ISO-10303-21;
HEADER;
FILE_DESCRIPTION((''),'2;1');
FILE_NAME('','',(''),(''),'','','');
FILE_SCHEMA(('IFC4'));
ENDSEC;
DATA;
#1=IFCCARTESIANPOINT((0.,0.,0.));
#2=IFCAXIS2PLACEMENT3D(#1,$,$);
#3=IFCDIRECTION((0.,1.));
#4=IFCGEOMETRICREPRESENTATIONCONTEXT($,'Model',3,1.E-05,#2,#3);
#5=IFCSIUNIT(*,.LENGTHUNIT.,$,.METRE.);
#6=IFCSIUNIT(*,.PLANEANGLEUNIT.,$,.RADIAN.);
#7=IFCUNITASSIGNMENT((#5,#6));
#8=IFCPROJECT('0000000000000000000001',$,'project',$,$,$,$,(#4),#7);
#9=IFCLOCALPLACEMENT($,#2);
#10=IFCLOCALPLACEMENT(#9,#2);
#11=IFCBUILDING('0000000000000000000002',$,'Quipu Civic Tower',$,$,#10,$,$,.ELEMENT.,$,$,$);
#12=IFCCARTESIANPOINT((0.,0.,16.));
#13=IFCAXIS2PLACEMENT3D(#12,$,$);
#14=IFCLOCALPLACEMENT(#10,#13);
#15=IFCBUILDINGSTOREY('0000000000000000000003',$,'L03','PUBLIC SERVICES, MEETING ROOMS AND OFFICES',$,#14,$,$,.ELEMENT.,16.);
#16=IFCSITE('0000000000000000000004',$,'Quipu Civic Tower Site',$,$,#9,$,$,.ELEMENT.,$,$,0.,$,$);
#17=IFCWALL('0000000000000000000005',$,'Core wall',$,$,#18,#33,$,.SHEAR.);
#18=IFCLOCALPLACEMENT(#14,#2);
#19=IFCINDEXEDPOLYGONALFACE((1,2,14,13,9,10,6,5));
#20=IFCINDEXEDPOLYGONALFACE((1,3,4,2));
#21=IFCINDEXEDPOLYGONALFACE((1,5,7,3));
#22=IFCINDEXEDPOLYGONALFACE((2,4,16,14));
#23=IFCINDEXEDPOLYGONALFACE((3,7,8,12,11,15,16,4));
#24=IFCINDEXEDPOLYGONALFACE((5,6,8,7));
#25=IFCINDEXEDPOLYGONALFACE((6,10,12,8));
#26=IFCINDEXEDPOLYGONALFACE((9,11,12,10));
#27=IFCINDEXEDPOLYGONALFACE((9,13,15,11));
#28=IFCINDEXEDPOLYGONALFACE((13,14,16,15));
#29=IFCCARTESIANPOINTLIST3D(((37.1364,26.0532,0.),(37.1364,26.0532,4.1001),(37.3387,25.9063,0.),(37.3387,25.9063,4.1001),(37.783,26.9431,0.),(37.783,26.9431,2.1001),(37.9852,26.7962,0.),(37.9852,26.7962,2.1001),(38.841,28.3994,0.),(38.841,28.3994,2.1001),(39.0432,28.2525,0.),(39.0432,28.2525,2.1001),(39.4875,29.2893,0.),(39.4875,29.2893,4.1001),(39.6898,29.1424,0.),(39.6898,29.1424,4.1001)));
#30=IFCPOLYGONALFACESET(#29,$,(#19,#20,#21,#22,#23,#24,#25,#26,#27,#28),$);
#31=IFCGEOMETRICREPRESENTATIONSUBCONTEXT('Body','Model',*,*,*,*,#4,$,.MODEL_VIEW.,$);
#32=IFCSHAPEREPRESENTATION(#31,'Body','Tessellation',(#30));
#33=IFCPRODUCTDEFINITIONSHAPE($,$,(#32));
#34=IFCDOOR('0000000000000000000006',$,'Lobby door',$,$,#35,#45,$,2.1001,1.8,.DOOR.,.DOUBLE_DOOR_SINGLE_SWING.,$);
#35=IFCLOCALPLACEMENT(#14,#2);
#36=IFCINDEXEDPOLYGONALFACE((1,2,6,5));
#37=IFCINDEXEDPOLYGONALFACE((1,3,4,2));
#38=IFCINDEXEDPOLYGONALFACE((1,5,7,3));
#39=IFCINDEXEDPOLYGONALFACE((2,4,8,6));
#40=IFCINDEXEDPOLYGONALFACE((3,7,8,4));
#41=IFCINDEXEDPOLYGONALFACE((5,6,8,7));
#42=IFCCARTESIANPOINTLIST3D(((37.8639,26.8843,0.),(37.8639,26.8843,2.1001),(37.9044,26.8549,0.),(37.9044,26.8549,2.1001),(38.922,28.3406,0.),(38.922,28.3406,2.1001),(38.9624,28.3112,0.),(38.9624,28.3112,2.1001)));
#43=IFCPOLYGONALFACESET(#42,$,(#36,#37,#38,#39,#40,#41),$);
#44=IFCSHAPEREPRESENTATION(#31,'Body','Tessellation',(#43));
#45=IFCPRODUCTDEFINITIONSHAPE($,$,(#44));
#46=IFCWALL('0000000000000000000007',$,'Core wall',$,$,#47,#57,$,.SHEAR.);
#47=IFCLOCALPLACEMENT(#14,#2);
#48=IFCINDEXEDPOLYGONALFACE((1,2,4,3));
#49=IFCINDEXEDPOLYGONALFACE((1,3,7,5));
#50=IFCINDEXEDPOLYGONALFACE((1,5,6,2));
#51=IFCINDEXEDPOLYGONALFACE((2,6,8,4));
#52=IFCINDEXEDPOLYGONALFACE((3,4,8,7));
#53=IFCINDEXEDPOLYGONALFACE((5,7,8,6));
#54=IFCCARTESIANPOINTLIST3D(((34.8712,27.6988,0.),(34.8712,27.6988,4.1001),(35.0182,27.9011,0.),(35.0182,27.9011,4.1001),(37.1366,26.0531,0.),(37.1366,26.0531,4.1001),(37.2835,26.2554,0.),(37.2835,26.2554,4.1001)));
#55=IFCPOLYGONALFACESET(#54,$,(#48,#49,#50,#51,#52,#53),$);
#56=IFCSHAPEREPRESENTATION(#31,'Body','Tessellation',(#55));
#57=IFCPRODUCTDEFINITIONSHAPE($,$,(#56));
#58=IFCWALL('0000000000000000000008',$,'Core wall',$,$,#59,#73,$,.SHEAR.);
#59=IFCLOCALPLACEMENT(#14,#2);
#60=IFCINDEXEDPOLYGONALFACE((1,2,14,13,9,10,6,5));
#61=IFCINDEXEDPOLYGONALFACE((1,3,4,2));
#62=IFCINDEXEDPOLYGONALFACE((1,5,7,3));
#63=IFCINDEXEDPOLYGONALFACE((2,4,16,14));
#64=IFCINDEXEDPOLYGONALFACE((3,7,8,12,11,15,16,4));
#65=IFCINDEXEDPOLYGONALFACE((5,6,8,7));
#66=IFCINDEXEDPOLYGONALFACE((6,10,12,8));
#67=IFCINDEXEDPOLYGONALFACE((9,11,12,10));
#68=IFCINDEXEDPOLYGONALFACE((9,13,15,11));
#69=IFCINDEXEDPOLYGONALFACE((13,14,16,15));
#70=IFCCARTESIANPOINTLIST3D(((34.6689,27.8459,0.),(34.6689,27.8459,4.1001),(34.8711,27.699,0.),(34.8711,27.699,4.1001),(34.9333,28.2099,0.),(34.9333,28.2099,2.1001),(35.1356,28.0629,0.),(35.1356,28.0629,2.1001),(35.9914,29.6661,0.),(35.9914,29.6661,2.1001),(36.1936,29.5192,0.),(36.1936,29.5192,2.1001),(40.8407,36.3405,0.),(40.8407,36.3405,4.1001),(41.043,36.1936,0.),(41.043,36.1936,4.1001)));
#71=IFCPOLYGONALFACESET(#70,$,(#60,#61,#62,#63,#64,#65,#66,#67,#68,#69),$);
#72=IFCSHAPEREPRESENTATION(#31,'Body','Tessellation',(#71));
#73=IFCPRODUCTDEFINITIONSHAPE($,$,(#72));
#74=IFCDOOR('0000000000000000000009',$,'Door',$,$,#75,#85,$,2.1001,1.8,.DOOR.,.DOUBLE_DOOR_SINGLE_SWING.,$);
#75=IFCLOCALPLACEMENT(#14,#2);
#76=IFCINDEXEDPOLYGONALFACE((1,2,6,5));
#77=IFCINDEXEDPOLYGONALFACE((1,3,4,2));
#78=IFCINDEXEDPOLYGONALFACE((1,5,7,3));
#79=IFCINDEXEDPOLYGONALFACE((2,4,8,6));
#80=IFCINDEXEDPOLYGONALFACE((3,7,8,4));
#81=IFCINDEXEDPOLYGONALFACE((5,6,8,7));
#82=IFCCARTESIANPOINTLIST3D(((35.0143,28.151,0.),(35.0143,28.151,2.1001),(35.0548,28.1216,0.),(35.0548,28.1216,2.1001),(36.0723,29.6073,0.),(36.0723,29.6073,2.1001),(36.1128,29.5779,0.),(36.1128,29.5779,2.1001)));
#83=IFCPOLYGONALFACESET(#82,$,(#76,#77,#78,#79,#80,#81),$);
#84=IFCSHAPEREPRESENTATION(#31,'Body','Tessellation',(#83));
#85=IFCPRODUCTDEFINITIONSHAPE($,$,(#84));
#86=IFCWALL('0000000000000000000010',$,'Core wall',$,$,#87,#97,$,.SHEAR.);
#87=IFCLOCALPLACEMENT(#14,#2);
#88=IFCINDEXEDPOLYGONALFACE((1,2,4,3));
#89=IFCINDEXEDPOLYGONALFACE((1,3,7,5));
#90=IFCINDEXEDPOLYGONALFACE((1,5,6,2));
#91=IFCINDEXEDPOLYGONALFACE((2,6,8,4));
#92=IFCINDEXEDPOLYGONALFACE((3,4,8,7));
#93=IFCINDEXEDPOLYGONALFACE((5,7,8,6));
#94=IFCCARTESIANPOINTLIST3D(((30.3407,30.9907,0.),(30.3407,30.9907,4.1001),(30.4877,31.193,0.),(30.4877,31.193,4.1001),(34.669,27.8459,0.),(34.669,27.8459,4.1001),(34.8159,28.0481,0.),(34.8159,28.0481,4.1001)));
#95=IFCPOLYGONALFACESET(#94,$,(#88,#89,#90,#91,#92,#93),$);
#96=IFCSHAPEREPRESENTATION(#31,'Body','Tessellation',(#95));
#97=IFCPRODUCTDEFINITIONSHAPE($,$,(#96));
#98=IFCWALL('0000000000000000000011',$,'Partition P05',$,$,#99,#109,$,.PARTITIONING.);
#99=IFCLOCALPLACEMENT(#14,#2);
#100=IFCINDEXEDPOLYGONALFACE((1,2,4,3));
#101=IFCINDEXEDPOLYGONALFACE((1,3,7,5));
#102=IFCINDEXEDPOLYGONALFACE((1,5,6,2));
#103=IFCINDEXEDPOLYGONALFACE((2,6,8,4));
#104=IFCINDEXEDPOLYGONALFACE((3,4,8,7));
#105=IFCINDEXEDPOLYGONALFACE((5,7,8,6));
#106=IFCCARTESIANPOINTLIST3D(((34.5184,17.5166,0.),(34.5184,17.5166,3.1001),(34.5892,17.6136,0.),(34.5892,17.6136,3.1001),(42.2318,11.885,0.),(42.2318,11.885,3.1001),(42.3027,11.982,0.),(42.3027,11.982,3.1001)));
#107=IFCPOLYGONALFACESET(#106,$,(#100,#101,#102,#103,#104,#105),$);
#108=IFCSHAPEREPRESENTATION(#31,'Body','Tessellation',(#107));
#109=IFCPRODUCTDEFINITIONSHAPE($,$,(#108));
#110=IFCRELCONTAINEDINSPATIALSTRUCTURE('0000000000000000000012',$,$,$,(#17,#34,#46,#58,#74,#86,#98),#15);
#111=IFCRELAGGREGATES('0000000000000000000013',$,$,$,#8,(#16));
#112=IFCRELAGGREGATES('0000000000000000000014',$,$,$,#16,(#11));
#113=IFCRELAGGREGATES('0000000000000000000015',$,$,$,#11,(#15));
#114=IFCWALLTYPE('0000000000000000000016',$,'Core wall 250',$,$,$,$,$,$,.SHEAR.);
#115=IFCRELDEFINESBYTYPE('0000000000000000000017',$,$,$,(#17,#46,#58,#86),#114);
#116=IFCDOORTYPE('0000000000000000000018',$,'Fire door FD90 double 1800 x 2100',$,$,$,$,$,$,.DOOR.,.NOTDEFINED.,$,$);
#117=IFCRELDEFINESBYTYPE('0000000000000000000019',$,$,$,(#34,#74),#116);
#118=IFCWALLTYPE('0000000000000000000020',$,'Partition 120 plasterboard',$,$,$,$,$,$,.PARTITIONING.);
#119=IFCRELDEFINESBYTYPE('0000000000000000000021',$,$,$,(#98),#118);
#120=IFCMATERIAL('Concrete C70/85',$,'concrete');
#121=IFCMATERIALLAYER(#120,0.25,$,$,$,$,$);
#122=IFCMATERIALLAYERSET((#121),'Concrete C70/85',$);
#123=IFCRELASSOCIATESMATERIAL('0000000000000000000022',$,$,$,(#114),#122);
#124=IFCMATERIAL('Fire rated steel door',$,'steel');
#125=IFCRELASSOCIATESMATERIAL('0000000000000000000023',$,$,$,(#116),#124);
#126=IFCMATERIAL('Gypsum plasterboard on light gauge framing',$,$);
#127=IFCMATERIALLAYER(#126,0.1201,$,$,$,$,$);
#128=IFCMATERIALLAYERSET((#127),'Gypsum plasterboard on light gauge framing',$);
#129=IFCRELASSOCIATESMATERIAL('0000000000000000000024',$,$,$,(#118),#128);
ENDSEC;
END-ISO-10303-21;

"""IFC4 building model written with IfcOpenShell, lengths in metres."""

from ifc_helpers import new_model, si_unit, direction, frame, frame_2d, origin, place, context, subcontext, project, spatial, rectangle, extrude, material, layer, layer_set, type_object, element, fill, save


model = new_model("IFC4")

# Units and contexts
model_context = context("Model", 3, precision=1e-05, world=origin(), true_north=direction((0.0, 1.0)))
body_context = subcontext(model_context, "Body", "Model", "MODEL_VIEW")
ifc_project = project(units=[si_unit("LENGTHUNIT", "METRE"), si_unit("PLANEANGLEUNIT", "RADIAN")], contexts=[model_context])

# Site, building, storey
site_placement = place(None, origin())
site = spatial("IfcSite", under=ifc_project, at=site_placement, Name="Quipu Civic Tower Site", CompositionType="ELEMENT", RefElevation=0.0)
building_placement = place(site_placement, origin())
building = spatial("IfcBuilding", under=site, at=building_placement, Name="Quipu Civic Tower", CompositionType="ELEMENT")
storey_placement = place(building_placement, frame((0.0, 0.0, 16.0)))
storey = spatial("IfcBuildingStorey", under=building, at=storey_placement, Name="L03", Description="PUBLIC SERVICES, MEETING ROOMS AND OFFICES", CompositionType="ELEMENT", Elevation=16.0)

# Wall, opening, door
ifc_material_1 = material(Name="Concrete C70/85", Category="concrete")
ifc_layer_1 = layer(ifc_material_1, 0.25)
ifc_layer_set_1 = layer_set([ifc_layer_1], Name="Concrete C70/85")
wall_type_1 = type_object("IfcWallType", Name="Core wall 250", PredefinedType="SHEAR", material=ifc_layer_set_1)
wall_1_placement = place(storey_placement, frame((37.2375, 25.9797, 0.0), z_axis=(0.0, 0.0, 1.0), x_axis=(0.587772, 0.809026, 0.0)))
wall_1 = element("IfcWall", 1, at=wall_1_placement, inside=storey, type_object=wall_type_1, Name="Core wall", PredefinedType="SHEAR", context=body_context, shape_type="SweptSolid", body=[
    extrude(rectangle(XDim=4.0, YDim=0.25, at=frame_2d((2.0, 0.0))), origin(), (0.0, 0.0, 1.0), 4.1001),
])
opening_1_placement = place(wall_1_placement, frame((1.1001, 0.0, 0.0)))
opening_1 = element("IfcOpeningElement", 2, at=opening_1_placement, cuts=wall_1, PredefinedType="OPENING", context=body_context, shape_type="SweptSolid", body=[
    extrude(rectangle(XDim=1.8, YDim=2.1001, at=frame_2d((0.8999, 1.05))), frame((0.0, 0.135, 0.0), z_axis=(0.0, -1.0, 0.0), x_axis=(1.0, 0.0, 0.0)), (0.0, 0.0, 1.0), 0.27),
])
ifc_material_2 = material(Name="Fire rated steel door", Category="steel")
door_type = type_object("IfcDoorType", Name="Fire door FD90 double 1800 x 2100", OperationType="NOTDEFINED", PredefinedType="DOOR", material=ifc_material_2)
door_1_placement = place(opening_1_placement, origin())
door_1 = element("IfcDoor", 3, at=door_1_placement, inside=storey, type_object=door_type, Name="Lobby door", OperationType="DOUBLE_DOOR_SINGLE_SWING", OverallHeight=2.1001, OverallWidth=1.8, PredefinedType="DOOR", context=body_context, shape_type="SweptSolid", body=[
    extrude(rectangle(XDim=1.8, YDim=2.1001, at=frame_2d((0.8999, 1.05))), frame((0.0, 0.0249, 0.0), z_axis=(0.0, -1.0, 0.0), x_axis=(1.0, 0.0, 0.0)), (0.0, 0.0, 1.0), 0.05),
])
fill(opening_1, door_1)

# Wall
wall_2_placement = place(storey_placement, frame((37.21, 26.1543, 0.0), z_axis=(0.0, 0.0, 1.0), x_axis=(-0.809041, 0.587752, 0.0)))
element("IfcWall", 4, at=wall_2_placement, inside=storey, type_object=wall_type_1, Name="Core wall", PredefinedType="SHEAR", context=body_context, shape_type="SweptSolid", body=[
    extrude(rectangle(XDim=2.8, YDim=0.25, at=frame_2d((1.3999, 0.0))), origin(), (0.0, 0.0, 1.0), 4.1001),
])

# Wall, opening, door
wall_3_placement = place(storey_placement, frame((34.77, 27.7725, 0.0), z_axis=(0.0, 0.0, 1.0), x_axis=(0.587796, 0.809009, 0.0)))
wall_3 = element("IfcWall", 5, at=wall_3_placement, inside=storey, type_object=wall_type_1, Name="Core wall", PredefinedType="SHEAR", context=body_context, shape_type="SweptSolid", body=[
    extrude(rectangle(XDim=10.5, YDim=0.25, at=frame_2d((5.25, 0.0))), origin(), (0.0, 0.0, 1.0), 4.1001),
])
opening_2_placement = place(wall_3_placement, frame((0.45, 0.0, 0.0)))
opening_2 = element("IfcOpeningElement", 6, at=opening_2_placement, cuts=wall_3, PredefinedType="OPENING", context=body_context, shape_type="SweptSolid", body=[
    extrude(rectangle(XDim=1.8, YDim=2.1001, at=frame_2d((0.8999, 1.05))), frame((0.0, 0.135, 0.0), z_axis=(0.0, -1.0, 0.0), x_axis=(1.0, 0.0, 0.0)), (0.0, 0.0, 1.0), 0.27),
])
door_2_placement = place(opening_2_placement, origin())
door_2 = element("IfcDoor", 7, at=door_2_placement, inside=storey, type_object=door_type, Name="Door", OperationType="DOUBLE_DOOR_SINGLE_SWING", OverallHeight=2.1001, OverallWidth=1.8, PredefinedType="DOOR", context=body_context, shape_type="SweptSolid", body=[
    extrude(rectangle(XDim=1.8, YDim=2.1001, at=frame_2d((0.8999, 1.05))), frame((0.0, 0.0249, 0.0), z_axis=(0.0, -1.0, 0.0), x_axis=(1.0, 0.0, 0.0)), (0.0, 0.0, 1.0), 0.05),
])
fill(opening_2, door_2)

# Walls
wall_4_placement = place(storey_placement, frame((34.7424, 27.947, 0.0), z_axis=(0.0, 0.0, 1.0), x_axis=(-0.808998, 0.587811, 0.0)))
element("IfcWall", 8, at=wall_4_placement, inside=storey, type_object=wall_type_1, Name="Core wall", PredefinedType="SHEAR", context=body_context, shape_type="SweptSolid", body=[
    extrude(rectangle(XDim=5.3501, YDim=0.25, at=frame_2d((2.675, 0.0))), origin(), (0.0, 0.0, 1.0), 4.1001),
])
ifc_material_3 = material(Name="Gypsum plasterboard on light gauge framing")
ifc_layer_2 = layer(ifc_material_3, 0.1201)
ifc_layer_set_2 = layer_set([ifc_layer_2], Name="Gypsum plasterboard on light gauge framing")
wall_type_2 = type_object("IfcWallType", Name="Partition 120 plasterboard", PredefinedType="PARTITIONING", material=ifc_layer_set_2)
wall_5_placement = place(storey_placement, frame((34.5537, 17.5652, 0.0), z_axis=(0.0, 0.0, 1.0), x_axis=(0.807646, -0.589668, 0.0)))
element("IfcWall", 9, at=wall_5_placement, inside=storey, type_object=wall_type_2, Name="Partition P05", PredefinedType="PARTITIONING", context=body_context, shape_type="SweptSolid", body=[
    extrude(rectangle(XDim=9.5505, YDim=0.1201, at=frame_2d((4.7754, 0.0))), origin(), (0.0, 0.0, 1.0), 3.1001),
])

save(model, "model.ifc")
